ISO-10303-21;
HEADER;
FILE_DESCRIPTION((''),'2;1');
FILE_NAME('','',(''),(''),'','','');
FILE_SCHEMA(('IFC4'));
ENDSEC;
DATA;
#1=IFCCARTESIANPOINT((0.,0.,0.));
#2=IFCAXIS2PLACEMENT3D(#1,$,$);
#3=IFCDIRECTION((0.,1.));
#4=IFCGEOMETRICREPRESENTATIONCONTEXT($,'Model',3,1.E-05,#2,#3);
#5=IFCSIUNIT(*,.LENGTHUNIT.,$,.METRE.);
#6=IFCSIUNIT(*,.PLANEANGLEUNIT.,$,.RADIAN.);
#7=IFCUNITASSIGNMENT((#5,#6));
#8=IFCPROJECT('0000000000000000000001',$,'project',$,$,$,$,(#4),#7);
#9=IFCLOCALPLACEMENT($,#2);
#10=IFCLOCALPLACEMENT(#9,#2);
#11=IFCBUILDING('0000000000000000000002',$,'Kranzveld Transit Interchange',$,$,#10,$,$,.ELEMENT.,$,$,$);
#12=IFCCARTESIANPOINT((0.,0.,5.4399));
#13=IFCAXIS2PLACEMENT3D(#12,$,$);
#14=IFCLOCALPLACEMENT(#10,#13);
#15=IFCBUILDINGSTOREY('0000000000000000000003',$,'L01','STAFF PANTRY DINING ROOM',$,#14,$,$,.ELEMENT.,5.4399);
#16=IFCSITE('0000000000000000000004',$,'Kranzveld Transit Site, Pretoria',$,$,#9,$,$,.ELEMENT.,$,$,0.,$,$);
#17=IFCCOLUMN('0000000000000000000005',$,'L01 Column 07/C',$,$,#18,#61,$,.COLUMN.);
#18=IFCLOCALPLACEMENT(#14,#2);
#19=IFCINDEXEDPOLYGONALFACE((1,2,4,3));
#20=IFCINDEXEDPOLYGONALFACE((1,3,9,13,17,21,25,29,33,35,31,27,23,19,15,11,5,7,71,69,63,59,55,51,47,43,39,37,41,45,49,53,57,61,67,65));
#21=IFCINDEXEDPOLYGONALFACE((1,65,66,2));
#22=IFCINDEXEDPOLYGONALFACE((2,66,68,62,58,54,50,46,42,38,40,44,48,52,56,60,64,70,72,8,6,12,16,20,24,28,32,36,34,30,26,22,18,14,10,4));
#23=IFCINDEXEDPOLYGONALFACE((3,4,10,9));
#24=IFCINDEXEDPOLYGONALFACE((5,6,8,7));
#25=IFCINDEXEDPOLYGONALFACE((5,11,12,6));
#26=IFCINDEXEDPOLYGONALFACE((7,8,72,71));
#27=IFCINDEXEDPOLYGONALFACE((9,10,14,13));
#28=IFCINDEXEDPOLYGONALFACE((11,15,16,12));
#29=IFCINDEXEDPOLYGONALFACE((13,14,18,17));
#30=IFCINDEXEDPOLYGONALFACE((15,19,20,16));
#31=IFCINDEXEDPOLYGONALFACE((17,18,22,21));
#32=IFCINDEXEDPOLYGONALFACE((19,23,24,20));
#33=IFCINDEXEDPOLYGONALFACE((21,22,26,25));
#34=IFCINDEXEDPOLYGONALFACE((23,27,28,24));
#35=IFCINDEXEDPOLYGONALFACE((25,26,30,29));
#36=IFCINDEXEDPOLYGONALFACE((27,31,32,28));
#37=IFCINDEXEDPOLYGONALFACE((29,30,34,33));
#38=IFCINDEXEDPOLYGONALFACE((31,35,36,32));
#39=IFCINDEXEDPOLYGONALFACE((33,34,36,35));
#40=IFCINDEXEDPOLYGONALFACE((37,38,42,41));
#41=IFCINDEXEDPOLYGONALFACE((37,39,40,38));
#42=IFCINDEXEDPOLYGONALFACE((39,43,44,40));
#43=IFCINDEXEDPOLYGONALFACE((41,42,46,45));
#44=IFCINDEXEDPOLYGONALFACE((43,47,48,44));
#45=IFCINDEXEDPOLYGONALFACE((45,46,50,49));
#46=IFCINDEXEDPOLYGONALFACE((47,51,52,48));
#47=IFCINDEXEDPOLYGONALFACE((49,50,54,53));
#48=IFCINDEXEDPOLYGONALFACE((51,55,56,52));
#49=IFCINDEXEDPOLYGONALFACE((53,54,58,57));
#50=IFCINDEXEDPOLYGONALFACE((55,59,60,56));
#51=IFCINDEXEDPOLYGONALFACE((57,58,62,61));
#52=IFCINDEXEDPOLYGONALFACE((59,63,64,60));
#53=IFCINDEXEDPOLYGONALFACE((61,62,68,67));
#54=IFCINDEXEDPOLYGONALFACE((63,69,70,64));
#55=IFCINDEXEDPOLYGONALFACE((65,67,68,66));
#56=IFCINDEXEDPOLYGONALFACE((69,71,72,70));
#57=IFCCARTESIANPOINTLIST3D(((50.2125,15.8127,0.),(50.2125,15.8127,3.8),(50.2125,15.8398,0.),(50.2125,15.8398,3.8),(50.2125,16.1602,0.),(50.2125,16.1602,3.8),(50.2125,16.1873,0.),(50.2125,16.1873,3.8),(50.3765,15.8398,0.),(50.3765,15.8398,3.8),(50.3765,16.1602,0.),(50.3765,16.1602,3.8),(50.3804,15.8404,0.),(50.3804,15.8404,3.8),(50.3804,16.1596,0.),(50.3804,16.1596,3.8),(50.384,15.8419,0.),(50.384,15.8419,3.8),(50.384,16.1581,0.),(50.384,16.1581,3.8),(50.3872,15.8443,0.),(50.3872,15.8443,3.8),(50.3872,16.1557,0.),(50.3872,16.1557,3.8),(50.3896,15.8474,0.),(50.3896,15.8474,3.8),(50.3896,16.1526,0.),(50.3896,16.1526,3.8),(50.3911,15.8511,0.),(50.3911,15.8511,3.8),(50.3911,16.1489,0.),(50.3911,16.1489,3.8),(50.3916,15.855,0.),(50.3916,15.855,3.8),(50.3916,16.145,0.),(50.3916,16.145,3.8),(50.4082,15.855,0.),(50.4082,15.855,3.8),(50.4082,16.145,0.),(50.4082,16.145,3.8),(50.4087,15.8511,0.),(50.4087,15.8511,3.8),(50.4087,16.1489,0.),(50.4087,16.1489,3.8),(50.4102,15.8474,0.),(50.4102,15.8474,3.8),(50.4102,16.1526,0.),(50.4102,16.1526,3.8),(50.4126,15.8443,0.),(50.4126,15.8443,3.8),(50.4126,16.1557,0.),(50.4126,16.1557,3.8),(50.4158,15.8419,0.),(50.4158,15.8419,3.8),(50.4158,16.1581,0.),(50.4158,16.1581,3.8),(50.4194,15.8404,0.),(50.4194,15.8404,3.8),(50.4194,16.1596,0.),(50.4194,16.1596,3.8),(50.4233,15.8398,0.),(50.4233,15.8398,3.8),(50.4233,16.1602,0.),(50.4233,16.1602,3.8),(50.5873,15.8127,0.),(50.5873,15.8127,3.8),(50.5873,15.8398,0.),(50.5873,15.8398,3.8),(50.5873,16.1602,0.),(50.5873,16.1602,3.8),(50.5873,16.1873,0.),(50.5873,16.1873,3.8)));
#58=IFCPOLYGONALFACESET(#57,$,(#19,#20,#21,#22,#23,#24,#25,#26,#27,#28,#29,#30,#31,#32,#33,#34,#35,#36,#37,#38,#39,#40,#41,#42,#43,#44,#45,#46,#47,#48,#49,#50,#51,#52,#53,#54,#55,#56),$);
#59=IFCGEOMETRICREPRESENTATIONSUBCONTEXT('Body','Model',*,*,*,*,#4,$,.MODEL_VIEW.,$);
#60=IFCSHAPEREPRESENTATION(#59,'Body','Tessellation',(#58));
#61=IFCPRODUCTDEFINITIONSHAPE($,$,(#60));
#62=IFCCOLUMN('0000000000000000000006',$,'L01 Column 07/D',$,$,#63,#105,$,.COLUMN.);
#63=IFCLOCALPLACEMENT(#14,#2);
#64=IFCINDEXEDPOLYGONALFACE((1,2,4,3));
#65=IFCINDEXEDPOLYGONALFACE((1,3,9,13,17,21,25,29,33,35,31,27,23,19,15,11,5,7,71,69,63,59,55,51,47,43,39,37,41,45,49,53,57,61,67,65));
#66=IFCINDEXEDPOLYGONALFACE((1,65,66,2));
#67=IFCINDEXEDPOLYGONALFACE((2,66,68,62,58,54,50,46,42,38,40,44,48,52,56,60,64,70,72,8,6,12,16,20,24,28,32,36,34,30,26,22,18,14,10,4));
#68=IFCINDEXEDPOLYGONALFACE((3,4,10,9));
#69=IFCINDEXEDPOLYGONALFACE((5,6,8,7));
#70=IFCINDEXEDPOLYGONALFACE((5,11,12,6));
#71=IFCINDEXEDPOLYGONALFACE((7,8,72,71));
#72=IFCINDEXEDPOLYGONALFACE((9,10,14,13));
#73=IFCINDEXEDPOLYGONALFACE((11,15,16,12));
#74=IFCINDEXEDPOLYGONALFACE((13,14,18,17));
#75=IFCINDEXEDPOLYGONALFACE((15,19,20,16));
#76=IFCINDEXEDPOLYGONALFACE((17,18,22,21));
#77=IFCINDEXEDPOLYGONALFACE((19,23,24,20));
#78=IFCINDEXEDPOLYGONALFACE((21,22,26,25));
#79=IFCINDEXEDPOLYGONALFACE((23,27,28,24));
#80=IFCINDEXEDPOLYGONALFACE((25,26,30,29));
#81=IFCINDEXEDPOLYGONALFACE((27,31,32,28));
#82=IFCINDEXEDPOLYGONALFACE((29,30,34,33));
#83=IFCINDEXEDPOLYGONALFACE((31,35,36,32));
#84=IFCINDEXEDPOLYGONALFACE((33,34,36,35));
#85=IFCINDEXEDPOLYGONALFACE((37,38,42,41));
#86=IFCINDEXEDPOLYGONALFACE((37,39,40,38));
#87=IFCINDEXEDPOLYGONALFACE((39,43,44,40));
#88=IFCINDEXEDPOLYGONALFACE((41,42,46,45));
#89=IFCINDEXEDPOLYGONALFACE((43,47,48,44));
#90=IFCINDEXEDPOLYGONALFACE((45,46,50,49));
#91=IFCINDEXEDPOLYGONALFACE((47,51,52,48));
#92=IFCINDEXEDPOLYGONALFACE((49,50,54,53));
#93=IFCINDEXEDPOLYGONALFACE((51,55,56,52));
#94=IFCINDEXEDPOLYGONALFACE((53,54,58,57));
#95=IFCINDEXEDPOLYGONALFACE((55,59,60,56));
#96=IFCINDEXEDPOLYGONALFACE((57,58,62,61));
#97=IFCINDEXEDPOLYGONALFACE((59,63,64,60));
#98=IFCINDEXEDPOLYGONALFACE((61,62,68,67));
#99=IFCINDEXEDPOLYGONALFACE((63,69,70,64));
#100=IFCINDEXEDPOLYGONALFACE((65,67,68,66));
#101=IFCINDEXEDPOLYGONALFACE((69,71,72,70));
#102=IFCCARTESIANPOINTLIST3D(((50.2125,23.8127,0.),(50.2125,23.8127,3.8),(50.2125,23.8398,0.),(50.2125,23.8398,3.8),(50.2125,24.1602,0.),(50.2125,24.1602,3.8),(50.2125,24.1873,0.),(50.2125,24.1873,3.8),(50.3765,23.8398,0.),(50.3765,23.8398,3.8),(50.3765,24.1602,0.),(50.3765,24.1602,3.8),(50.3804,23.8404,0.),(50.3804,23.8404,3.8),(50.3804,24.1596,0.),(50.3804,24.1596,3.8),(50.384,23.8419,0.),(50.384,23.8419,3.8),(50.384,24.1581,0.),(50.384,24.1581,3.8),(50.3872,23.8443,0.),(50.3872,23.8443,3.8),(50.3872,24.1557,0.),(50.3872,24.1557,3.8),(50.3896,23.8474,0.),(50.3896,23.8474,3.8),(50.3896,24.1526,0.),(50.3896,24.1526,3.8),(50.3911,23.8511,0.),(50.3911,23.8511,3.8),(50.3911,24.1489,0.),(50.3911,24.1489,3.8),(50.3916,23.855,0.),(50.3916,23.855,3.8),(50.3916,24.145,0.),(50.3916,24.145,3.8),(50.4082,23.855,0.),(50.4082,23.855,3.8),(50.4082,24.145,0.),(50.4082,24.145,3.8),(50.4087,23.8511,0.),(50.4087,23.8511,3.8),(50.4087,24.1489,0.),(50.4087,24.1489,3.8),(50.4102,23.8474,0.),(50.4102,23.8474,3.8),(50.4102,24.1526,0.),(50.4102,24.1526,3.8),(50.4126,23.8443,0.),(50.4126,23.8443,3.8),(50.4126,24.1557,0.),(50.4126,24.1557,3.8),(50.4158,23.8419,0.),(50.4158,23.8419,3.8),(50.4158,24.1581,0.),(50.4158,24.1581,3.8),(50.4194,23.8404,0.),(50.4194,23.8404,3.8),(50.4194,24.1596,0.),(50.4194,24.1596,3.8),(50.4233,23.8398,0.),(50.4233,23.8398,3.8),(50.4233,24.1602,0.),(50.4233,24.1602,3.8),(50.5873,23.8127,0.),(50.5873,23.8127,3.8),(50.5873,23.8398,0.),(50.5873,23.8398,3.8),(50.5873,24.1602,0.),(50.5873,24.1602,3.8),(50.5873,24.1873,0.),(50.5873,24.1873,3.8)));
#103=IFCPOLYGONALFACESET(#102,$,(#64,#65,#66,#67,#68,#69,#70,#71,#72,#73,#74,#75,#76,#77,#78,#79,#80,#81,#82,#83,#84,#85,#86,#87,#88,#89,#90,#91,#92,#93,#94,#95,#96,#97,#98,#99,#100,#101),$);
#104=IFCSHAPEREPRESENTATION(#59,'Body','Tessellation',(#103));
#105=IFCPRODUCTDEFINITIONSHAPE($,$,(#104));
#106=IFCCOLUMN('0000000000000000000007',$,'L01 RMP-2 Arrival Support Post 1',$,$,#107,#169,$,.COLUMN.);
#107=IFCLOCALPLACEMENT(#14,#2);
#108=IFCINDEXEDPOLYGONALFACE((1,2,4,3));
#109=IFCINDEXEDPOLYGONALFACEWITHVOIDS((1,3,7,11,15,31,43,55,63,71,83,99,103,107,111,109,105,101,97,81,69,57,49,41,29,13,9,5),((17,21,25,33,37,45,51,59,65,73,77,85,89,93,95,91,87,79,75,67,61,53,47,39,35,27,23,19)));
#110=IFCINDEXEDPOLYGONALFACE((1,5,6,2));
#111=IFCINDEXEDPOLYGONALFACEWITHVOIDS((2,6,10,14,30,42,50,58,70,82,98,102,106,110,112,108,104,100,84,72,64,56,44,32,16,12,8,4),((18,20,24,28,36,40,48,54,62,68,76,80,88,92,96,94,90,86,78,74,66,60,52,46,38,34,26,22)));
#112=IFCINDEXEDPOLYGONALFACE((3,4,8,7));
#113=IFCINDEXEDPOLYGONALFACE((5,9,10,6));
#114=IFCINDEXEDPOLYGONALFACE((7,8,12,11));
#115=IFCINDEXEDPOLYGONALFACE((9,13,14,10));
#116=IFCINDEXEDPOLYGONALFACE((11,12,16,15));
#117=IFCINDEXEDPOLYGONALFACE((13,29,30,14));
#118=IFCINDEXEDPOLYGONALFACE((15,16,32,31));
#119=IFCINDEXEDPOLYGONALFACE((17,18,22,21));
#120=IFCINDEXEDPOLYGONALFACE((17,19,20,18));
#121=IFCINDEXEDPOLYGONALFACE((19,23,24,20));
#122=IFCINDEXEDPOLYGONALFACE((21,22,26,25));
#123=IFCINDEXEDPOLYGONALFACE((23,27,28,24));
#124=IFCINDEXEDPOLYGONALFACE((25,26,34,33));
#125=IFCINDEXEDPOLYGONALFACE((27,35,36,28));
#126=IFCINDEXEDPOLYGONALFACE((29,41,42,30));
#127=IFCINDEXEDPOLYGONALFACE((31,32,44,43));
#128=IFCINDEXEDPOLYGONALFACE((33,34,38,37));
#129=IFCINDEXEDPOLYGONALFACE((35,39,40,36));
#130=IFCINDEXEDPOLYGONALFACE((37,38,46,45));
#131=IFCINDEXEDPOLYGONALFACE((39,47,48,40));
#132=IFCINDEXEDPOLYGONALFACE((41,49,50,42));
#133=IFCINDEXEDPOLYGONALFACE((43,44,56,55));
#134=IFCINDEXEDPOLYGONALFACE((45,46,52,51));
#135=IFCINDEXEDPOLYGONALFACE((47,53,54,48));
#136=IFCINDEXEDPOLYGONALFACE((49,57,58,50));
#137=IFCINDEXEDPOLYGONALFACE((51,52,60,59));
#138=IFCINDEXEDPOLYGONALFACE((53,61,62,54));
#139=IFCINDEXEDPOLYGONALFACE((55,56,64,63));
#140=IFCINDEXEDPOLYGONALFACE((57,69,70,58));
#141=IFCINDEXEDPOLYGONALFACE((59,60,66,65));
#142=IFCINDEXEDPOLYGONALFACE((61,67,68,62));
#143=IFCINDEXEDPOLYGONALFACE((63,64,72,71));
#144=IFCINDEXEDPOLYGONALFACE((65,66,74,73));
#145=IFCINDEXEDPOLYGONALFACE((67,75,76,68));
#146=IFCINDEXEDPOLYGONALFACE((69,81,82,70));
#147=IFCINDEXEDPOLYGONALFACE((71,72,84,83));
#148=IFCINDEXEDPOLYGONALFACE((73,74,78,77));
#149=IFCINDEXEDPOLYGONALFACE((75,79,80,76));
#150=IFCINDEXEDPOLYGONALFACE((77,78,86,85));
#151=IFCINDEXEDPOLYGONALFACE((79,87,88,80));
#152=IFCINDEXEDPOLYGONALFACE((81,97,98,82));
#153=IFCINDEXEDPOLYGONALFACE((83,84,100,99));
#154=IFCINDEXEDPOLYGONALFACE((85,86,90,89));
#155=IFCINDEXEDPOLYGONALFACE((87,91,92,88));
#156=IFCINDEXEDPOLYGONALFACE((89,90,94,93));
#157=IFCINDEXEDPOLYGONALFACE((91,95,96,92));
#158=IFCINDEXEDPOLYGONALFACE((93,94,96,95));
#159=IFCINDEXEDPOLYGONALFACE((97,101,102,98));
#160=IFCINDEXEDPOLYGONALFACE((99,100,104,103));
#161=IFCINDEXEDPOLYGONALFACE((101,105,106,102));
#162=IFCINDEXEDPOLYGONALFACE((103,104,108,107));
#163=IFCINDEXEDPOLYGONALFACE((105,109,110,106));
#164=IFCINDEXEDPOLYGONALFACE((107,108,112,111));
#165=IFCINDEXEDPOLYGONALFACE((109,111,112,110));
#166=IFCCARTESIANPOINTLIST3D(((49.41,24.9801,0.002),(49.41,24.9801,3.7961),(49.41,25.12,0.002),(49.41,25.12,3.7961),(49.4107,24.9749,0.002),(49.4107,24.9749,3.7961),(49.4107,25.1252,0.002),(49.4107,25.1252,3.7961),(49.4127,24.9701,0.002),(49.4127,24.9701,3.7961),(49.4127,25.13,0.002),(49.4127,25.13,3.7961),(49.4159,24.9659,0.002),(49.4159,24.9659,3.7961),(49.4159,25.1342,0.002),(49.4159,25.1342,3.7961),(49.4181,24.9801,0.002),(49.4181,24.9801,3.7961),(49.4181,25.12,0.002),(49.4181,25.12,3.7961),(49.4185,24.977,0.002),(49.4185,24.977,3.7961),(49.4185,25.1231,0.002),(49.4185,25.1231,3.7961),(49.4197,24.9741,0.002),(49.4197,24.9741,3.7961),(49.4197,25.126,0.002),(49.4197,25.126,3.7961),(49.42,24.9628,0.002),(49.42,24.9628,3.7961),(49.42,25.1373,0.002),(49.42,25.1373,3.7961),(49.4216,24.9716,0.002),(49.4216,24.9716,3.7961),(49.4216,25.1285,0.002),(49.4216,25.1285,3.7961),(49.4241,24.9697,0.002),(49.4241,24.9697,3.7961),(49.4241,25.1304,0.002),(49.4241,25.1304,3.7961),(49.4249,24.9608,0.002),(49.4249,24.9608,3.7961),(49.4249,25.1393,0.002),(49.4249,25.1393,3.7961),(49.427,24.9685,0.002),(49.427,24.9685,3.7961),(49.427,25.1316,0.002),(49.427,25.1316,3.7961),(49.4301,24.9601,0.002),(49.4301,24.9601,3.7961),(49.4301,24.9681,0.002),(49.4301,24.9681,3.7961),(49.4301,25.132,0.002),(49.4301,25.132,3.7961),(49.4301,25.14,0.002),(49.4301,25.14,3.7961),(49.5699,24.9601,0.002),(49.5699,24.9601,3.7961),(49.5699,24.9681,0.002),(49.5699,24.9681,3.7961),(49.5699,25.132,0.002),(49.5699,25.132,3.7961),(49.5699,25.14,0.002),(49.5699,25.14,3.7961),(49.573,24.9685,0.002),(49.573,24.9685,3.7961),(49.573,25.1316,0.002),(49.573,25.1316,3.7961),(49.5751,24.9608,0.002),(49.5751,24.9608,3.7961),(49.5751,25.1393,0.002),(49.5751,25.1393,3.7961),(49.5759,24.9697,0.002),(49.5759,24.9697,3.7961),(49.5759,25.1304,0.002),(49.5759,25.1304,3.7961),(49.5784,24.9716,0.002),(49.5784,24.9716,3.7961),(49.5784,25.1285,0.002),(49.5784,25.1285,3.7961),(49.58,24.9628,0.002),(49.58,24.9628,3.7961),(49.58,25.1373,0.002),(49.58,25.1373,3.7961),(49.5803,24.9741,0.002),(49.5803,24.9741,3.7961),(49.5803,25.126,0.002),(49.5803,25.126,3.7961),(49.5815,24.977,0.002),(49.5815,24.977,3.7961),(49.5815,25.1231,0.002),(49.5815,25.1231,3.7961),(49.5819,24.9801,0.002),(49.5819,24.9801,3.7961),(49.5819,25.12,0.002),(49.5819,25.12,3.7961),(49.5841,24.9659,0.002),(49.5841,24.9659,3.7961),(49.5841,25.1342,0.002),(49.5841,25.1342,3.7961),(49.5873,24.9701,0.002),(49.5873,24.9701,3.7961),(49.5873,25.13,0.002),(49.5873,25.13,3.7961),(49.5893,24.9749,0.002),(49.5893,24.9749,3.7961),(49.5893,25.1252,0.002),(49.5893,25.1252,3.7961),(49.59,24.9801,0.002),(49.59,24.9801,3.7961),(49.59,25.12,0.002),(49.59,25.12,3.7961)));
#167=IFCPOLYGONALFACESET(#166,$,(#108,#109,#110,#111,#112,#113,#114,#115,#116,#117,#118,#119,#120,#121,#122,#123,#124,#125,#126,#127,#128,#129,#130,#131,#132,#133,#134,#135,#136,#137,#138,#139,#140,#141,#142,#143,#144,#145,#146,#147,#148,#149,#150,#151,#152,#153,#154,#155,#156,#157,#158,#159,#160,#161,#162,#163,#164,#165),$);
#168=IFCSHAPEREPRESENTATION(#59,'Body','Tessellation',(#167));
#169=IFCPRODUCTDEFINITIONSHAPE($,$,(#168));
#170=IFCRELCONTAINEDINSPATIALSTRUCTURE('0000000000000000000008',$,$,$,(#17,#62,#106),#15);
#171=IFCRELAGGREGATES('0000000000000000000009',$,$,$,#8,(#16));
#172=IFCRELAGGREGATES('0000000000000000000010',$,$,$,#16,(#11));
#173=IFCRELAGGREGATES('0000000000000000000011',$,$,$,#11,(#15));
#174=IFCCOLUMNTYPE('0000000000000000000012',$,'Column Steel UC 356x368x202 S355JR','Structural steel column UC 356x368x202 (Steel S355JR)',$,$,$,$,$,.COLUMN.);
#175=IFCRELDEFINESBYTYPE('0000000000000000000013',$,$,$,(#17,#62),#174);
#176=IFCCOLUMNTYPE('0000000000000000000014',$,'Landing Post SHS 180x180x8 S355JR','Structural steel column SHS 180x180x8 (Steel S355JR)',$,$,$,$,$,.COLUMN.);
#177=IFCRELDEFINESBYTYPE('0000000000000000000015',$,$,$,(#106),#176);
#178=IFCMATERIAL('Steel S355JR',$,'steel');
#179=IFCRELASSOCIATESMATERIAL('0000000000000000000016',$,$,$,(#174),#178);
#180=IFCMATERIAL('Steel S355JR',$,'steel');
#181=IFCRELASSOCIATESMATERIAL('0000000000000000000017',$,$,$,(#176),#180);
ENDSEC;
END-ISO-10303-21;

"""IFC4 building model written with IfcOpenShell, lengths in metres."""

from ifc_helpers import new_model, si_unit, direction, frame, origin, origin_2d, place, context, subcontext, project, spatial, hollow_rectangle, i_section, extrude, material, material_profile, profile_set, type_object, element, save


model = new_model("IFC4")

# Units and contexts
model_context = context("Model", 3, precision=1e-05, world=origin(), true_north=direction((0.0, 1.0)))
body_context = subcontext(model_context, "Body", "Model", "MODEL_VIEW")
ifc_project = project(units=[si_unit("LENGTHUNIT", "METRE"), si_unit("PLANEANGLEUNIT", "RADIAN")], contexts=[model_context])

# Site, building, storey
site_placement = place(None, origin())
site = spatial("IfcSite", under=ifc_project, at=site_placement, Name="Kranzveld Transit Site, Pretoria", CompositionType="ELEMENT", RefElevation=0.0)
building_placement = place(site_placement, origin())
building = spatial("IfcBuilding", under=site, at=building_placement, Name="Kranzveld Transit Interchange", CompositionType="ELEMENT")
storey_placement = place(building_placement, frame((0.0, 0.0, 5.4399)))
storey = spatial("IfcBuildingStorey", under=building, at=storey_placement, Name="L01", Description="STAFF PANTRY DINING ROOM", CompositionType="ELEMENT", Elevation=5.4399)

# Columns
ifc_material_1 = material(Name="Steel S355JR", Category="steel")
ifc_material_profile_1 = material_profile(ifc_material_1, i_section(OverallWidth=0.3748, OverallDepth=0.3745, WebThickness=0.0166, FlangeThickness=0.0271, FilletRadius=0.0151, at=origin_2d()), Name="UC 356x368x202")
ifc_profile_set_1 = profile_set([ifc_material_profile_1], Name="Steel S355JR")
column_type_1 = type_object("IfcColumnType", Name="Column Steel UC 356x368x202 S355JR", Description="Structural steel column UC 356x368x202 (Steel S355JR)", PredefinedType="COLUMN", material=ifc_profile_set_1)
for number, where, z_axis, x_axis, name in (
    (1, (50.3999, 16.0, 0.0), (0.0, 0.0, 1.0), (1.0, 0.0, 0.0), "L01 Column 07/C"),
    (2, (50.3999, 24.0, 0.0), (0.0, 0.0, 1.0), (1.0, 0.0, 0.0), "L01 Column 07/D"),
):
    element("IfcColumn", number, at=place(storey_placement, frame(where, z_axis=z_axis, x_axis=x_axis)), inside=storey, type_object=column_type_1, Name=name, PredefinedType="COLUMN", context=body_context, shape_type="SweptSolid", body=[
        extrude(i_section(OverallWidth=0.3748, OverallDepth=0.3745, WebThickness=0.0166, FlangeThickness=0.0271, FilletRadius=0.0151, at=origin_2d()), origin(), (0.0, 0.0, 1.0), 3.8),
    ])
ifc_material_2 = material(Name="Steel S355JR", Category="steel")
ifc_material_profile_2 = material_profile(ifc_material_2, hollow_rectangle(XDim=0.1799, YDim=0.1799, WallThickness=0.0081, InnerFilletRadius=0.012, OuterFilletRadius=0.02, at=origin_2d()), Name="SHS 180x180x8")
ifc_profile_set_2 = profile_set([ifc_material_profile_2], Name="Steel S355JR")
column_type_2 = type_object("IfcColumnType", Name="Landing Post SHS 180x180x8 S355JR", Description="Structural steel column SHS 180x180x8 (Steel S355JR)", PredefinedType="COLUMN", material=ifc_profile_set_2)
column_placement = place(storey_placement, frame((49.5, 25.05, 0.002), z_axis=(0.0, 0.0, 1.0), x_axis=(1.0, 0.0, 0.0)))
element("IfcColumn", 3, at=column_placement, inside=storey, type_object=column_type_2, Name="L01 RMP-2 Arrival Support Post 1", PredefinedType="COLUMN", context=body_context, shape_type="SweptSolid", body=[
    extrude(hollow_rectangle(XDim=0.1799, YDim=0.1799, WallThickness=0.0081, InnerFilletRadius=0.012, OuterFilletRadius=0.02, at=origin_2d()), origin(), (0.0, 0.0, 1.0), 3.7942),
])

save(model, "model.ifc")
